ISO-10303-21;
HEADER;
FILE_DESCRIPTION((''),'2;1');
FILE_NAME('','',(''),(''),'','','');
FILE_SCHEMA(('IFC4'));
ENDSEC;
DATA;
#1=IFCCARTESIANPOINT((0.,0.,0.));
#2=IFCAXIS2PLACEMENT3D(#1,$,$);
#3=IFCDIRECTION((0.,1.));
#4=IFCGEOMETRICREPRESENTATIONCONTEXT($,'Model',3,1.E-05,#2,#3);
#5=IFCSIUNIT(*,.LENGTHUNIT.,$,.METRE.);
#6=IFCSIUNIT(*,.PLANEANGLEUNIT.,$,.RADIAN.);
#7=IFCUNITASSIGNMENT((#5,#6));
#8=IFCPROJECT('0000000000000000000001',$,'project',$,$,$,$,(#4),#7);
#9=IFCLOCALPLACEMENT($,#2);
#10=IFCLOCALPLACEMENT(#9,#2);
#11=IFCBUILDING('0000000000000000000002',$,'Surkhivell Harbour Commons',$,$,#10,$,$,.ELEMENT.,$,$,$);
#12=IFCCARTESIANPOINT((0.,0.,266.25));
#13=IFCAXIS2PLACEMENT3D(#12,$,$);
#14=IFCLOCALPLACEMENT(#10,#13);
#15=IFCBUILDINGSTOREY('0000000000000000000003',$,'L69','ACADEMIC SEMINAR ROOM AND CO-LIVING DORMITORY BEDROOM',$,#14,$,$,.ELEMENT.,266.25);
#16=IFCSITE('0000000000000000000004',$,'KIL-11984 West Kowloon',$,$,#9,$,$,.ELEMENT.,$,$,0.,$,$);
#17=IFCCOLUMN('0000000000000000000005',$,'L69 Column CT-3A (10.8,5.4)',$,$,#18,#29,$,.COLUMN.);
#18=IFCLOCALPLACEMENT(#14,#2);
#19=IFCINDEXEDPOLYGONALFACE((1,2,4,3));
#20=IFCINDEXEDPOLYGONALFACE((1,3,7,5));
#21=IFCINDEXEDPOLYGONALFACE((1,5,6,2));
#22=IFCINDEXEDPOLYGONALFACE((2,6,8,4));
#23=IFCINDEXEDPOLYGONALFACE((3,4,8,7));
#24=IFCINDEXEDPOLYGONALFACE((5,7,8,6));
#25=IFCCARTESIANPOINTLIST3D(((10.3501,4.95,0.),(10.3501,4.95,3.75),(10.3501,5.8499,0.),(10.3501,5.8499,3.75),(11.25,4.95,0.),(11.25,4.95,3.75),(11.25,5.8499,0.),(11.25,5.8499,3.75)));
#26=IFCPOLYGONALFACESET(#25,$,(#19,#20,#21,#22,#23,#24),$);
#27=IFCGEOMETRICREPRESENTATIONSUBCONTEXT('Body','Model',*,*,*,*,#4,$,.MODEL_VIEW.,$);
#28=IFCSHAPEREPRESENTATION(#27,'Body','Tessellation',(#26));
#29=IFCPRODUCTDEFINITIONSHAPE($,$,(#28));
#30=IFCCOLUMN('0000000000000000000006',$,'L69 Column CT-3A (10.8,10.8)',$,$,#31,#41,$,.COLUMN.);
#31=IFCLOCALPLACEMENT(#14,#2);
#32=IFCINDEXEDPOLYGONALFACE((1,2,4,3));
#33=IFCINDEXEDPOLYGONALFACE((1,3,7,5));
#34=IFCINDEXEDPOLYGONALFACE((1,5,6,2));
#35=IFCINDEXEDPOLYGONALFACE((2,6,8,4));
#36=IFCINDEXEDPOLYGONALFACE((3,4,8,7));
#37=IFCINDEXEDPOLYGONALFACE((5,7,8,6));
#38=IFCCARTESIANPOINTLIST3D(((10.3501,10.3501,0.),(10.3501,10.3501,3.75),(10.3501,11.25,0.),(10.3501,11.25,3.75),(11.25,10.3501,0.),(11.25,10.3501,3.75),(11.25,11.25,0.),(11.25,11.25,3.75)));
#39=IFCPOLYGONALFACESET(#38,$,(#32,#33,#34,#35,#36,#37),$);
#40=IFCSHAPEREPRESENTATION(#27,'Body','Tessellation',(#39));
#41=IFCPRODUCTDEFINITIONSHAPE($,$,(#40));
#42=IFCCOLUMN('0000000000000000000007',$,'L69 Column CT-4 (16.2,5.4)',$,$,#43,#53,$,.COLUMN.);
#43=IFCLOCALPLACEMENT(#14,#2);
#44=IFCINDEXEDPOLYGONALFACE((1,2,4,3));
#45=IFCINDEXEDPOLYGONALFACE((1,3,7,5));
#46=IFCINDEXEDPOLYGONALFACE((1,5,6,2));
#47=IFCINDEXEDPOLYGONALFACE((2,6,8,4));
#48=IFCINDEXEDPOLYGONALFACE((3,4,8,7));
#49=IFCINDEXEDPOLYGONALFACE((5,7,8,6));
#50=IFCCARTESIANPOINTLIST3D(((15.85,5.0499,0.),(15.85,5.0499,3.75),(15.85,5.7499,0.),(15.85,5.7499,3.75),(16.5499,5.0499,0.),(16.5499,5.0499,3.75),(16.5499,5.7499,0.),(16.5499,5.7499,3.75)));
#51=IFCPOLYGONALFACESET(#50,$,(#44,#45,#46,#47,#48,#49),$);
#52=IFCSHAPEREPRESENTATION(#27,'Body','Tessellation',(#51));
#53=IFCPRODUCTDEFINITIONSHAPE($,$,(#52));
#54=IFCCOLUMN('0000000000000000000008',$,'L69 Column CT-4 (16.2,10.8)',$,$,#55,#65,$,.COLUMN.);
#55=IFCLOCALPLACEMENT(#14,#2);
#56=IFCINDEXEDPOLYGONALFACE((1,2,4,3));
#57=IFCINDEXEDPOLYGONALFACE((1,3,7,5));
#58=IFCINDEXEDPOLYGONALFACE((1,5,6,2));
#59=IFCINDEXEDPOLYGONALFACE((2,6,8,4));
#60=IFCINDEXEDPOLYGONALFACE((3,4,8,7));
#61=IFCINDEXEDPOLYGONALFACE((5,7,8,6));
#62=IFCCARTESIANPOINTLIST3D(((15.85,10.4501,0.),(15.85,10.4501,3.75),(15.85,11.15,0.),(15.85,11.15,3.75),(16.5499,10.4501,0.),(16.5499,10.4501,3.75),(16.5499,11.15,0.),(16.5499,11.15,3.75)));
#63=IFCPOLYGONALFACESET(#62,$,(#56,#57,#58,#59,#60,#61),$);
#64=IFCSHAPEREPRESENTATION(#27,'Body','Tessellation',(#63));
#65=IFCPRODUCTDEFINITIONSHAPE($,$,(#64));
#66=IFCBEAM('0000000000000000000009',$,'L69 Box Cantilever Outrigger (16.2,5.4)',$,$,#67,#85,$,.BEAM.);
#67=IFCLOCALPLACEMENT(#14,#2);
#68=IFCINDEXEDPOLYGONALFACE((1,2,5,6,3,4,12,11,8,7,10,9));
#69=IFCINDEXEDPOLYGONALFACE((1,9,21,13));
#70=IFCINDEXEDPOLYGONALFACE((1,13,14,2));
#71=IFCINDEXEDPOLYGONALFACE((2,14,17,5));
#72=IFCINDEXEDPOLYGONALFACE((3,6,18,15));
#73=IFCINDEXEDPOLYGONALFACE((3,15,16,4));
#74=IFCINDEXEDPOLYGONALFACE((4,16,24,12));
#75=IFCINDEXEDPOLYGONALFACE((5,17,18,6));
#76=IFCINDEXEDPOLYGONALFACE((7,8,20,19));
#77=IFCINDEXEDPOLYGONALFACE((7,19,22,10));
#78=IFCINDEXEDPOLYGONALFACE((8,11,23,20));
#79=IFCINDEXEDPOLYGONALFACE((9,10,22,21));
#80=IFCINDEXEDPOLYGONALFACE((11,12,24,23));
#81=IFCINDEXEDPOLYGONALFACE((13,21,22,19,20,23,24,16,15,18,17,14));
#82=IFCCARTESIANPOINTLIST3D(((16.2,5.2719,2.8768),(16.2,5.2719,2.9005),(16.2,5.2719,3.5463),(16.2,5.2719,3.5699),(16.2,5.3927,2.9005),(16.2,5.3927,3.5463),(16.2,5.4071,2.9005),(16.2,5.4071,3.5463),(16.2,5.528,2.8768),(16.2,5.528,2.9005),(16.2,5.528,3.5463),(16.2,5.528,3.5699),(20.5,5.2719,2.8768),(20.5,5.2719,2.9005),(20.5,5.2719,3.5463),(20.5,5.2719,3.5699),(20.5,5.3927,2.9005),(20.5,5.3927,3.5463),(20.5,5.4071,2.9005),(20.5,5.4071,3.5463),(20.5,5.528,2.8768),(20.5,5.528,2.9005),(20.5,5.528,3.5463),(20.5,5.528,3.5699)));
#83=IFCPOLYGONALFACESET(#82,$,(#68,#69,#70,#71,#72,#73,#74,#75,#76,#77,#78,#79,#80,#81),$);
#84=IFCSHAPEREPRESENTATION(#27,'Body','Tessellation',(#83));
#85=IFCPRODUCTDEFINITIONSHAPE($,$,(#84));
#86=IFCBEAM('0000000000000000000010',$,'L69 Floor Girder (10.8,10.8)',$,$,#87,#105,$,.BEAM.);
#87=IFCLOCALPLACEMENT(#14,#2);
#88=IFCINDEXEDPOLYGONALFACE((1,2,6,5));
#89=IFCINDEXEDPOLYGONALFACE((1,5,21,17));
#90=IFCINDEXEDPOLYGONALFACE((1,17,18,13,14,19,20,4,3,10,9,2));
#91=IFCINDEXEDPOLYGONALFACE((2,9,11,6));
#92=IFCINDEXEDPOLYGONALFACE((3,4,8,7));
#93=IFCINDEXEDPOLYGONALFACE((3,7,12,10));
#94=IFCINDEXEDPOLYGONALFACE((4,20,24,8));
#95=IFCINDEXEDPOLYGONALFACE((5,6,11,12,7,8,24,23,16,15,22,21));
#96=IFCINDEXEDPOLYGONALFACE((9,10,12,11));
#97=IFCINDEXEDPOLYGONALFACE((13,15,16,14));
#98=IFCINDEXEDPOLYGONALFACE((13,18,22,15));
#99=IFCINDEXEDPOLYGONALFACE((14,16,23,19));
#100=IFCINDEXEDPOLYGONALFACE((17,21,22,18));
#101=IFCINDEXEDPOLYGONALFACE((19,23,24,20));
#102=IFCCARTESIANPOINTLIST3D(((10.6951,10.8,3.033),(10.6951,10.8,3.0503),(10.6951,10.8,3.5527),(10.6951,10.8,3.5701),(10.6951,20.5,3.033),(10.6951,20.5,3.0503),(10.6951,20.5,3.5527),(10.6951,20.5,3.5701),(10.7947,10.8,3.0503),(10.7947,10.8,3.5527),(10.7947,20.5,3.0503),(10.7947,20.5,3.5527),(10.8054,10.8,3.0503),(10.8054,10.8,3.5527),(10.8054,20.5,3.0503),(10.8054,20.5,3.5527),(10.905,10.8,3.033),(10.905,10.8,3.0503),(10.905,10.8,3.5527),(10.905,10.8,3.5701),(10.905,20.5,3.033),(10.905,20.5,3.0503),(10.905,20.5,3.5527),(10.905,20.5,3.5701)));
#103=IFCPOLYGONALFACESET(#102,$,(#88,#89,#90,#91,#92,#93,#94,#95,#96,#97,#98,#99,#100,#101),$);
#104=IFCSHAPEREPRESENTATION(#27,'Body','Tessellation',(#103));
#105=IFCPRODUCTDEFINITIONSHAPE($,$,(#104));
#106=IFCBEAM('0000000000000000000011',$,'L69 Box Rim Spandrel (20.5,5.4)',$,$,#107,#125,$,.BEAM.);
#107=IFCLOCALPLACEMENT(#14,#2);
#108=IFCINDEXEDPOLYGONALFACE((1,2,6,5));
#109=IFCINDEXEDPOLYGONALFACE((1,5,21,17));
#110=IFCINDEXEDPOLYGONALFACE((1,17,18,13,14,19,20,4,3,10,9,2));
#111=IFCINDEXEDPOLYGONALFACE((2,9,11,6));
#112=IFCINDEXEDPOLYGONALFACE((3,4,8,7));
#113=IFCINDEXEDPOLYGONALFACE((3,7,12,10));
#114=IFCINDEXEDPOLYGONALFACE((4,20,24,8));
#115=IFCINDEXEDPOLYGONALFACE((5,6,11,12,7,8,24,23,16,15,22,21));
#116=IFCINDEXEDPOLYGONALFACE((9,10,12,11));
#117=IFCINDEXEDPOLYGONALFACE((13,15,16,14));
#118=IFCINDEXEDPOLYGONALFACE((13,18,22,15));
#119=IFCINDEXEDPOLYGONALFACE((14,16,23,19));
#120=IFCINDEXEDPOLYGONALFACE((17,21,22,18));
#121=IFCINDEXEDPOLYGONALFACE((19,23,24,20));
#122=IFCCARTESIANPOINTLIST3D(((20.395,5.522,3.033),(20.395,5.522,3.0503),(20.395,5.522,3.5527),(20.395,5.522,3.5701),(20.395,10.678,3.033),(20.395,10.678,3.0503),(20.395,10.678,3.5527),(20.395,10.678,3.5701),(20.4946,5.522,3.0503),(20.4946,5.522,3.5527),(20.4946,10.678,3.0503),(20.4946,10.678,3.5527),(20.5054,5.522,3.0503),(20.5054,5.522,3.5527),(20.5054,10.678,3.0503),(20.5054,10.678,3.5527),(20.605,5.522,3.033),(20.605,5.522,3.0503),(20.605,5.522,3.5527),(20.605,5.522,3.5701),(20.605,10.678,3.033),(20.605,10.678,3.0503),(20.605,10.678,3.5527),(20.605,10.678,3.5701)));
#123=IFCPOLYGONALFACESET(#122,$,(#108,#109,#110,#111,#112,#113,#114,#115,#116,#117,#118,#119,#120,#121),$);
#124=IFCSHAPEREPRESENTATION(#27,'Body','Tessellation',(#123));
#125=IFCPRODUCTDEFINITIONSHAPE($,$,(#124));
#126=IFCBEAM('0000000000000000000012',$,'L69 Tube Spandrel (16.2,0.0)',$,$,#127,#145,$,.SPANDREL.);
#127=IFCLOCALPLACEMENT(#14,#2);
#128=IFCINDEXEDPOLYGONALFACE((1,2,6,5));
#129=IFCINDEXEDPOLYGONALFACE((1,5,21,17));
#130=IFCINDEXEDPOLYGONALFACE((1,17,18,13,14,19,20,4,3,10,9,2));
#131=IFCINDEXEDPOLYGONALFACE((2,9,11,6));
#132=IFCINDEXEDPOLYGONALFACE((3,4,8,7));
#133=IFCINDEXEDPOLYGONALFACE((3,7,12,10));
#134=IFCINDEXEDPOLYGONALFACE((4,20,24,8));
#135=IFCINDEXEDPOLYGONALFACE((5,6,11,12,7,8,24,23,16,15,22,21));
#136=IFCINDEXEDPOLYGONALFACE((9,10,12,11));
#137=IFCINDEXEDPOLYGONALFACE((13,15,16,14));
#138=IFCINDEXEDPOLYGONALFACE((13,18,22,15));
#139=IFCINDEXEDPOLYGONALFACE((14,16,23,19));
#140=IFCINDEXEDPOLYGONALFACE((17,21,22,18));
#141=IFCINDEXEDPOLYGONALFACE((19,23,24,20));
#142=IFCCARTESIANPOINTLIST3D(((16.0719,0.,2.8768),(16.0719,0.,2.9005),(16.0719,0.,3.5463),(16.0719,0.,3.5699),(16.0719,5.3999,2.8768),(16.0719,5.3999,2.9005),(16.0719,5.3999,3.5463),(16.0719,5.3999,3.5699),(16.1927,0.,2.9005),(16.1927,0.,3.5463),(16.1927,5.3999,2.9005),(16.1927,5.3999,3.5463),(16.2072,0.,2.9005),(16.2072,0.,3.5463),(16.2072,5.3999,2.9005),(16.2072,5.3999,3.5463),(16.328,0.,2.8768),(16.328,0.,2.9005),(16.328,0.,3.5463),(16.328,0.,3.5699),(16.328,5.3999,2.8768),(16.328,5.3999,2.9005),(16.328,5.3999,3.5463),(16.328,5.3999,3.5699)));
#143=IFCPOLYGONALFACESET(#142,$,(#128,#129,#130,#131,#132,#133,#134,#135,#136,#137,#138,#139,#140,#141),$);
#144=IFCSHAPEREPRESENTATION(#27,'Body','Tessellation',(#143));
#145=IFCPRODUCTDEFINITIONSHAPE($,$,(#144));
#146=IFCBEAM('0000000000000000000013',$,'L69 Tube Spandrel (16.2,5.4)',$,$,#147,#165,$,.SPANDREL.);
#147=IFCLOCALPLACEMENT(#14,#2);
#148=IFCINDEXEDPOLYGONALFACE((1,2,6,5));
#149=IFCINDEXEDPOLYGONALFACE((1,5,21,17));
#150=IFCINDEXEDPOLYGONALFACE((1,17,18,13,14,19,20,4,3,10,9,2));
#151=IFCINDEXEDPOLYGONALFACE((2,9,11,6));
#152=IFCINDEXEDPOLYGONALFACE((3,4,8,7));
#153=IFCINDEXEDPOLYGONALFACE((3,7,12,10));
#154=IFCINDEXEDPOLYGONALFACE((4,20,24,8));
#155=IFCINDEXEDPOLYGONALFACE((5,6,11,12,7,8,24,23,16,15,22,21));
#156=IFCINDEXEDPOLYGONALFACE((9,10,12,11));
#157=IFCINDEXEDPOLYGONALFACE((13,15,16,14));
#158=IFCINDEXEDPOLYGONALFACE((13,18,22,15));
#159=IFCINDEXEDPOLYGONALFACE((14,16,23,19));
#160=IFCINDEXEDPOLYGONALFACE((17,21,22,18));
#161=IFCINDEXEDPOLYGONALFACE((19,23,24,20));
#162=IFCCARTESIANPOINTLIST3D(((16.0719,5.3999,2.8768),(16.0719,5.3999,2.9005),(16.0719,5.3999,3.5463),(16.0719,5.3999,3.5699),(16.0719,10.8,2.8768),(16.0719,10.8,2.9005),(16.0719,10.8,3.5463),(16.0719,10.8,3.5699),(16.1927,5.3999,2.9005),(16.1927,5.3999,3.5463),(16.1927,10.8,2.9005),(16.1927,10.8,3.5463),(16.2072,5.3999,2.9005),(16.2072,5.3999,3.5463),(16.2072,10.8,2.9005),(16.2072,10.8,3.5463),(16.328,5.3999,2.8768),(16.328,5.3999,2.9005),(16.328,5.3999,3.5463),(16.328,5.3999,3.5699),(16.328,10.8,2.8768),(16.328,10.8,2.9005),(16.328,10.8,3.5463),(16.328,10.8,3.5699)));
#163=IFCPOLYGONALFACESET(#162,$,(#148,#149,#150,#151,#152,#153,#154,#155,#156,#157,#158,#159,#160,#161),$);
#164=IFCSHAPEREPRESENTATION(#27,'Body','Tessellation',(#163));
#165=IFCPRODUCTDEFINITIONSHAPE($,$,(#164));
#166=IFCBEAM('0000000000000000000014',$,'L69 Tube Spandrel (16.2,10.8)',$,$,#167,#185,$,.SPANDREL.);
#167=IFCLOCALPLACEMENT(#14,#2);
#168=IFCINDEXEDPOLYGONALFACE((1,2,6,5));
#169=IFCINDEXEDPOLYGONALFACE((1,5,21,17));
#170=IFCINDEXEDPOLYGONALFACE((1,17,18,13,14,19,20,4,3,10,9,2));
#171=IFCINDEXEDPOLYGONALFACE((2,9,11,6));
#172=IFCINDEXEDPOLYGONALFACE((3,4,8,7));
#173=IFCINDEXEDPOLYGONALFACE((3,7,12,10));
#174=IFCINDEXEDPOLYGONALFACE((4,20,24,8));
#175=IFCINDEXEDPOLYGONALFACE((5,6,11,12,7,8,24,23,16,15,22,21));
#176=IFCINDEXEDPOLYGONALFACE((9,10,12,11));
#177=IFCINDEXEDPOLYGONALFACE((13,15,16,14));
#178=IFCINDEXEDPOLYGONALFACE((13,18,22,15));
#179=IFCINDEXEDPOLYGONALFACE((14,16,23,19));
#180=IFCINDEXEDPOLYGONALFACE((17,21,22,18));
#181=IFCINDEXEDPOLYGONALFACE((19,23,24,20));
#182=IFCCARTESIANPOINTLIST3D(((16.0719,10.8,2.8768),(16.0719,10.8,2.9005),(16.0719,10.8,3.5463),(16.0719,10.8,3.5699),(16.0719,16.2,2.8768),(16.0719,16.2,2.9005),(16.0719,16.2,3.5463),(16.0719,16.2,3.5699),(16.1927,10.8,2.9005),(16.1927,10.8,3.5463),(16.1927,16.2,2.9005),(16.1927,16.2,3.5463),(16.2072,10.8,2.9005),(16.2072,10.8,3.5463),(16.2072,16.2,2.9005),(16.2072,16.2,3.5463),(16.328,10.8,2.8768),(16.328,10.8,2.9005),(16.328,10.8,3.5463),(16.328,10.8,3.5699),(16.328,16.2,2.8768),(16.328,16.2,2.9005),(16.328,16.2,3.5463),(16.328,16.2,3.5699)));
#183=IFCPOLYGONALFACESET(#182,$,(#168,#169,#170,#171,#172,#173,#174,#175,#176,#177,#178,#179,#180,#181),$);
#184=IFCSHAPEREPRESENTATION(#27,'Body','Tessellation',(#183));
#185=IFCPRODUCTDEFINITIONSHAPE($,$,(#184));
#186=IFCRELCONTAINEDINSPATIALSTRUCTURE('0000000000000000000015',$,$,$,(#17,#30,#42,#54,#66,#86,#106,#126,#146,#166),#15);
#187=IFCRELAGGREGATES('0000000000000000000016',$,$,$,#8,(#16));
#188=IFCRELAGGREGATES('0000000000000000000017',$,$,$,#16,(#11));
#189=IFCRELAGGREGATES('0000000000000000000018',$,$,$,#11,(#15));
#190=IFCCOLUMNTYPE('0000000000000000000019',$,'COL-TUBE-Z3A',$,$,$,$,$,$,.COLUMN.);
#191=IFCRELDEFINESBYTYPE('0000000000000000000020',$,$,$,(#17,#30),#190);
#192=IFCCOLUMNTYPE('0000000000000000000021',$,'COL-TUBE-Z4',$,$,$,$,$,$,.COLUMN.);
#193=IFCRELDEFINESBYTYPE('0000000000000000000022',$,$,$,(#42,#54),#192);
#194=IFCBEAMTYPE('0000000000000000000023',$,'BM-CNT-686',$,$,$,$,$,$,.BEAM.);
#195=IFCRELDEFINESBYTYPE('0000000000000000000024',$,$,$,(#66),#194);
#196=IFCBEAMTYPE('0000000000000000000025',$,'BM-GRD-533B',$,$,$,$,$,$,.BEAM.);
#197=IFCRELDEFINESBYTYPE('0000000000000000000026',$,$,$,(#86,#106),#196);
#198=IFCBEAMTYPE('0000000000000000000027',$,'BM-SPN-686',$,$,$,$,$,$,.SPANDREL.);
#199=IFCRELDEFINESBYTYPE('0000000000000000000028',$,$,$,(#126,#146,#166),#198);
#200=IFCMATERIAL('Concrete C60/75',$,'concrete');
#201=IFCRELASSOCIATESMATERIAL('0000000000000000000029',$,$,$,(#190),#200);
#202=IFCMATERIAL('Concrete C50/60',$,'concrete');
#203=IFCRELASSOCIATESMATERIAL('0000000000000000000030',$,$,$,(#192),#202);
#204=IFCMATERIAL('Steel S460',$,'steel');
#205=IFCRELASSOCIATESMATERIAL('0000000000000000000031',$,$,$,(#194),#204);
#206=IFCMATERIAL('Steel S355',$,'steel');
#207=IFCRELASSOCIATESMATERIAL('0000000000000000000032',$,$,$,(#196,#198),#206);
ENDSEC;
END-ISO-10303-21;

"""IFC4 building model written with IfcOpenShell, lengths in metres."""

from ifc_helpers import new_model, si_unit, direction, frame, origin, origin_2d, place, context, subcontext, project, spatial, rectangle, i_section, extrude, material, material_profile, profile_set, type_object, element, save


model = new_model("IFC4")

# Units and contexts
model_context = context("Model", 3, precision=1e-05, world=origin(), true_north=direction((0.0, 1.0)))
body_context = subcontext(model_context, "Body", "Model", "MODEL_VIEW")
ifc_project = project(units=[si_unit("LENGTHUNIT", "METRE"), si_unit("PLANEANGLEUNIT", "RADIAN")], contexts=[model_context])

# Site, building, storey
site_placement = place(None, origin())
site = spatial("IfcSite", under=ifc_project, at=site_placement, Name="KIL-11984 West Kowloon", CompositionType="ELEMENT", RefElevation=0.0)
building_placement = place(site_placement, origin())
building = spatial("IfcBuilding", under=site, at=building_placement, Name="Surkhivell Harbour Commons", CompositionType="ELEMENT")
storey_placement = place(building_placement, frame((0.0, 0.0, 266.25)))
storey = spatial("IfcBuildingStorey", under=building, at=storey_placement, Name="L69", Description="ACADEMIC SEMINAR ROOM AND CO-LIVING DORMITORY BEDROOM", CompositionType="ELEMENT", Elevation=266.25)

# Columns
ifc_material_1 = material(Name="Concrete C60/75", Category="concrete")
ifc_material_profile_1 = material_profile(ifc_material_1, rectangle(XDim=0.8999, YDim=0.8999, at=origin_2d()), Name="RC-COL-900x900")
ifc_profile_set_1 = profile_set([ifc_material_profile_1], Name="Concrete C60/75")
column_type_1 = type_object("IfcColumnType", Name="COL-TUBE-Z3A", PredefinedType="COLUMN", material=ifc_profile_set_1)
for number, where, z_axis, x_axis, name in (
    (1, (10.8, 5.3999, 0.0), (0.0, 0.0, 1.0), (1.0, 0.0, 0.0), "L69 Column CT-3A (10.8,5.4)"),
    (2, (10.8, 10.8, 0.0), (0.0, 0.0, 1.0), (1.0, 0.0, 0.0), "L69 Column CT-3A (10.8,10.8)"),
):
    element("IfcColumn", number, at=place(storey_placement, frame(where, z_axis=z_axis, x_axis=x_axis)), inside=storey, type_object=column_type_1, Name=name, PredefinedType="COLUMN", context=body_context, shape_type="SweptSolid", body=[
        extrude(rectangle(XDim=0.8999, YDim=0.8999, at=origin_2d()), origin(), (0.0, 0.0, 1.0), 3.75),
    ])
ifc_material_2 = material(Name="Concrete C50/60", Category="concrete")
ifc_material_profile_2 = material_profile(ifc_material_2, rectangle(XDim=0.7, YDim=0.7, at=origin_2d()), Name="RC-COL-700x700")
ifc_profile_set_2 = profile_set([ifc_material_profile_2], Name="Concrete C50/60")
column_type_2 = type_object("IfcColumnType", Name="COL-TUBE-Z4", PredefinedType="COLUMN", material=ifc_profile_set_2)
for number, where, z_axis, x_axis, name in (
    (3, (16.2, 5.3999, 0.0), (0.0, 0.0, 1.0), (1.0, 0.0, 0.0), "L69 Column CT-4 (16.2,5.4)"),
    (4, (16.2, 10.8, 0.0), (0.0, 0.0, 1.0), (1.0, 0.0, 0.0), "L69 Column CT-4 (16.2,10.8)"),
):
    element("IfcColumn", number, at=place(storey_placement, frame(where, z_axis=z_axis, x_axis=x_axis)), inside=storey, type_object=column_type_2, Name=name, PredefinedType="COLUMN", context=body_context, shape_type="SweptSolid", body=[
        extrude(rectangle(XDim=0.7, YDim=0.7, at=origin_2d()), origin(), (0.0, 0.0, 1.0), 3.75),
    ])

# Beams
ifc_material_3 = material(Name="Steel S460", Category="steel")
ifc_material_profile_3 = material_profile(ifc_material_3, i_section(OverallWidth=0.2561, OverallDepth=0.6931, WebThickness=0.0144, FlangeThickness=0.0237, at=origin_2d()), Name="UB686x254x170")
ifc_profile_set_3 = profile_set([ifc_material_profile_3], Name="Steel S460")
beam_type_1 = type_object("IfcBeamType", Name="BM-CNT-686", PredefinedType="BEAM", material=ifc_profile_set_3)
beam_1_placement = place(storey_placement, frame((16.2, 5.3999, 3.2234), z_axis=(1.0, 0.0, 0.0), x_axis=(0.0, 1.0, 0.0)))
element("IfcBeam", 5, at=beam_1_placement, inside=storey, type_object=beam_type_1, Name="L69 Box Cantilever Outrigger (16.2,5.4)", PredefinedType="BEAM", context=body_context, shape_type="SweptSolid", body=[
    extrude(i_section(OverallWidth=0.2561, OverallDepth=0.6931, WebThickness=0.0144, FlangeThickness=0.0237, at=origin_2d()), origin(), (0.0, 0.0, 1.0), 4.3),
])
ifc_material_4 = material(Name="Steel S355", Category="steel")
ifc_material_profile_4 = material_profile(ifc_material_4, i_section(OverallWidth=0.21, OverallDepth=0.5371, WebThickness=0.0107, FlangeThickness=0.0173, at=origin_2d()), Name="UB533x210x101")
ifc_profile_set_4 = profile_set([ifc_material_profile_4], Name="Steel S355")
beam_type_2 = type_object("IfcBeamType", Name="BM-GRD-533B", PredefinedType="BEAM", material=ifc_profile_set_4)
beam_2_placement = place(storey_placement, frame((10.8, 10.8, 3.3015), z_axis=(0.0, 1.0, 0.0), x_axis=(-1.0, 0.0, 0.0)))
element("IfcBeam", 6, at=beam_2_placement, inside=storey, type_object=beam_type_2, Name="L69 Floor Girder (10.8,10.8)", PredefinedType="BEAM", context=body_context, shape_type="SweptSolid", body=[
    extrude(i_section(OverallWidth=0.21, OverallDepth=0.5371, WebThickness=0.0107, FlangeThickness=0.0173, at=origin_2d()), origin(), (0.0, 0.0, 1.0), 9.7),
])
beam_3_placement = place(storey_placement, frame((20.5, 5.522, 3.3015), z_axis=(0.0, 1.0, 0.0), x_axis=(-1.0, 0.0, 0.0)))
element("IfcBeam", 7, at=beam_3_placement, inside=storey, type_object=beam_type_2, Name="L69 Box Rim Spandrel (20.5,5.4)", PredefinedType="BEAM", context=body_context, shape_type="SweptSolid", body=[
    extrude(i_section(OverallWidth=0.21, OverallDepth=0.5371, WebThickness=0.0107, FlangeThickness=0.0173, at=origin_2d()), origin(), (0.0, 0.0, 1.0), 5.156),
])
ifc_material_profile_5 = material_profile(ifc_material_4, i_section(OverallWidth=0.2561, OverallDepth=0.6931, WebThickness=0.0144, FlangeThickness=0.0237, at=origin_2d()), Name="UB686x254x170")
ifc_profile_set_5 = profile_set([ifc_material_profile_5], Name="Steel S355")
beam_type_3 = type_object("IfcBeamType", Name="BM-SPN-686", PredefinedType="SPANDREL", material=ifc_profile_set_5)
beam_4_placement = place(storey_placement, frame((16.2, 0.0, 3.2234), z_axis=(0.0, 1.0, 0.0), x_axis=(-1.0, 0.0, 0.0)))
element("IfcBeam", 8, at=beam_4_placement, inside=storey, type_object=beam_type_3, Name="L69 Tube Spandrel (16.2,0.0)", PredefinedType="SPANDREL", context=body_context, shape_type="SweptSolid", body=[
    extrude(i_section(OverallWidth=0.2561, OverallDepth=0.6931, WebThickness=0.0144, FlangeThickness=0.0237, at=origin_2d()), origin(), (0.0, 0.0, 1.0), 5.3999),
])
beam_5_placement = place(storey_placement, frame((16.2, 5.3999, 3.2234), z_axis=(0.0, 1.0, 0.0), x_axis=(-1.0, 0.0, 0.0)))
element("IfcBeam", 9, at=beam_5_placement, inside=storey, type_object=beam_type_3, Name="L69 Tube Spandrel (16.2,5.4)", PredefinedType="SPANDREL", context=body_context, shape_type="SweptSolid", body=[
    extrude(i_section(OverallWidth=0.2561, OverallDepth=0.6931, WebThickness=0.0144, FlangeThickness=0.0237, at=origin_2d()), origin(), (0.0, 0.0, 1.0), 5.4001),
])
beam_6_placement = place(storey_placement, frame((16.2, 10.8, 3.2234), z_axis=(0.0, 1.0, 0.0), x_axis=(-1.0, 0.0, 0.0)))
element("IfcBeam", 10, at=beam_6_placement, inside=storey, type_object=beam_type_3, Name="L69 Tube Spandrel (16.2,10.8)", PredefinedType="SPANDREL", context=body_context, shape_type="SweptSolid", body=[
    extrude(i_section(OverallWidth=0.2561, OverallDepth=0.6931, WebThickness=0.0144, FlangeThickness=0.0237, at=origin_2d()), origin(), (0.0, 0.0, 1.0), 5.3999),
])

save(model, "model.ifc")
